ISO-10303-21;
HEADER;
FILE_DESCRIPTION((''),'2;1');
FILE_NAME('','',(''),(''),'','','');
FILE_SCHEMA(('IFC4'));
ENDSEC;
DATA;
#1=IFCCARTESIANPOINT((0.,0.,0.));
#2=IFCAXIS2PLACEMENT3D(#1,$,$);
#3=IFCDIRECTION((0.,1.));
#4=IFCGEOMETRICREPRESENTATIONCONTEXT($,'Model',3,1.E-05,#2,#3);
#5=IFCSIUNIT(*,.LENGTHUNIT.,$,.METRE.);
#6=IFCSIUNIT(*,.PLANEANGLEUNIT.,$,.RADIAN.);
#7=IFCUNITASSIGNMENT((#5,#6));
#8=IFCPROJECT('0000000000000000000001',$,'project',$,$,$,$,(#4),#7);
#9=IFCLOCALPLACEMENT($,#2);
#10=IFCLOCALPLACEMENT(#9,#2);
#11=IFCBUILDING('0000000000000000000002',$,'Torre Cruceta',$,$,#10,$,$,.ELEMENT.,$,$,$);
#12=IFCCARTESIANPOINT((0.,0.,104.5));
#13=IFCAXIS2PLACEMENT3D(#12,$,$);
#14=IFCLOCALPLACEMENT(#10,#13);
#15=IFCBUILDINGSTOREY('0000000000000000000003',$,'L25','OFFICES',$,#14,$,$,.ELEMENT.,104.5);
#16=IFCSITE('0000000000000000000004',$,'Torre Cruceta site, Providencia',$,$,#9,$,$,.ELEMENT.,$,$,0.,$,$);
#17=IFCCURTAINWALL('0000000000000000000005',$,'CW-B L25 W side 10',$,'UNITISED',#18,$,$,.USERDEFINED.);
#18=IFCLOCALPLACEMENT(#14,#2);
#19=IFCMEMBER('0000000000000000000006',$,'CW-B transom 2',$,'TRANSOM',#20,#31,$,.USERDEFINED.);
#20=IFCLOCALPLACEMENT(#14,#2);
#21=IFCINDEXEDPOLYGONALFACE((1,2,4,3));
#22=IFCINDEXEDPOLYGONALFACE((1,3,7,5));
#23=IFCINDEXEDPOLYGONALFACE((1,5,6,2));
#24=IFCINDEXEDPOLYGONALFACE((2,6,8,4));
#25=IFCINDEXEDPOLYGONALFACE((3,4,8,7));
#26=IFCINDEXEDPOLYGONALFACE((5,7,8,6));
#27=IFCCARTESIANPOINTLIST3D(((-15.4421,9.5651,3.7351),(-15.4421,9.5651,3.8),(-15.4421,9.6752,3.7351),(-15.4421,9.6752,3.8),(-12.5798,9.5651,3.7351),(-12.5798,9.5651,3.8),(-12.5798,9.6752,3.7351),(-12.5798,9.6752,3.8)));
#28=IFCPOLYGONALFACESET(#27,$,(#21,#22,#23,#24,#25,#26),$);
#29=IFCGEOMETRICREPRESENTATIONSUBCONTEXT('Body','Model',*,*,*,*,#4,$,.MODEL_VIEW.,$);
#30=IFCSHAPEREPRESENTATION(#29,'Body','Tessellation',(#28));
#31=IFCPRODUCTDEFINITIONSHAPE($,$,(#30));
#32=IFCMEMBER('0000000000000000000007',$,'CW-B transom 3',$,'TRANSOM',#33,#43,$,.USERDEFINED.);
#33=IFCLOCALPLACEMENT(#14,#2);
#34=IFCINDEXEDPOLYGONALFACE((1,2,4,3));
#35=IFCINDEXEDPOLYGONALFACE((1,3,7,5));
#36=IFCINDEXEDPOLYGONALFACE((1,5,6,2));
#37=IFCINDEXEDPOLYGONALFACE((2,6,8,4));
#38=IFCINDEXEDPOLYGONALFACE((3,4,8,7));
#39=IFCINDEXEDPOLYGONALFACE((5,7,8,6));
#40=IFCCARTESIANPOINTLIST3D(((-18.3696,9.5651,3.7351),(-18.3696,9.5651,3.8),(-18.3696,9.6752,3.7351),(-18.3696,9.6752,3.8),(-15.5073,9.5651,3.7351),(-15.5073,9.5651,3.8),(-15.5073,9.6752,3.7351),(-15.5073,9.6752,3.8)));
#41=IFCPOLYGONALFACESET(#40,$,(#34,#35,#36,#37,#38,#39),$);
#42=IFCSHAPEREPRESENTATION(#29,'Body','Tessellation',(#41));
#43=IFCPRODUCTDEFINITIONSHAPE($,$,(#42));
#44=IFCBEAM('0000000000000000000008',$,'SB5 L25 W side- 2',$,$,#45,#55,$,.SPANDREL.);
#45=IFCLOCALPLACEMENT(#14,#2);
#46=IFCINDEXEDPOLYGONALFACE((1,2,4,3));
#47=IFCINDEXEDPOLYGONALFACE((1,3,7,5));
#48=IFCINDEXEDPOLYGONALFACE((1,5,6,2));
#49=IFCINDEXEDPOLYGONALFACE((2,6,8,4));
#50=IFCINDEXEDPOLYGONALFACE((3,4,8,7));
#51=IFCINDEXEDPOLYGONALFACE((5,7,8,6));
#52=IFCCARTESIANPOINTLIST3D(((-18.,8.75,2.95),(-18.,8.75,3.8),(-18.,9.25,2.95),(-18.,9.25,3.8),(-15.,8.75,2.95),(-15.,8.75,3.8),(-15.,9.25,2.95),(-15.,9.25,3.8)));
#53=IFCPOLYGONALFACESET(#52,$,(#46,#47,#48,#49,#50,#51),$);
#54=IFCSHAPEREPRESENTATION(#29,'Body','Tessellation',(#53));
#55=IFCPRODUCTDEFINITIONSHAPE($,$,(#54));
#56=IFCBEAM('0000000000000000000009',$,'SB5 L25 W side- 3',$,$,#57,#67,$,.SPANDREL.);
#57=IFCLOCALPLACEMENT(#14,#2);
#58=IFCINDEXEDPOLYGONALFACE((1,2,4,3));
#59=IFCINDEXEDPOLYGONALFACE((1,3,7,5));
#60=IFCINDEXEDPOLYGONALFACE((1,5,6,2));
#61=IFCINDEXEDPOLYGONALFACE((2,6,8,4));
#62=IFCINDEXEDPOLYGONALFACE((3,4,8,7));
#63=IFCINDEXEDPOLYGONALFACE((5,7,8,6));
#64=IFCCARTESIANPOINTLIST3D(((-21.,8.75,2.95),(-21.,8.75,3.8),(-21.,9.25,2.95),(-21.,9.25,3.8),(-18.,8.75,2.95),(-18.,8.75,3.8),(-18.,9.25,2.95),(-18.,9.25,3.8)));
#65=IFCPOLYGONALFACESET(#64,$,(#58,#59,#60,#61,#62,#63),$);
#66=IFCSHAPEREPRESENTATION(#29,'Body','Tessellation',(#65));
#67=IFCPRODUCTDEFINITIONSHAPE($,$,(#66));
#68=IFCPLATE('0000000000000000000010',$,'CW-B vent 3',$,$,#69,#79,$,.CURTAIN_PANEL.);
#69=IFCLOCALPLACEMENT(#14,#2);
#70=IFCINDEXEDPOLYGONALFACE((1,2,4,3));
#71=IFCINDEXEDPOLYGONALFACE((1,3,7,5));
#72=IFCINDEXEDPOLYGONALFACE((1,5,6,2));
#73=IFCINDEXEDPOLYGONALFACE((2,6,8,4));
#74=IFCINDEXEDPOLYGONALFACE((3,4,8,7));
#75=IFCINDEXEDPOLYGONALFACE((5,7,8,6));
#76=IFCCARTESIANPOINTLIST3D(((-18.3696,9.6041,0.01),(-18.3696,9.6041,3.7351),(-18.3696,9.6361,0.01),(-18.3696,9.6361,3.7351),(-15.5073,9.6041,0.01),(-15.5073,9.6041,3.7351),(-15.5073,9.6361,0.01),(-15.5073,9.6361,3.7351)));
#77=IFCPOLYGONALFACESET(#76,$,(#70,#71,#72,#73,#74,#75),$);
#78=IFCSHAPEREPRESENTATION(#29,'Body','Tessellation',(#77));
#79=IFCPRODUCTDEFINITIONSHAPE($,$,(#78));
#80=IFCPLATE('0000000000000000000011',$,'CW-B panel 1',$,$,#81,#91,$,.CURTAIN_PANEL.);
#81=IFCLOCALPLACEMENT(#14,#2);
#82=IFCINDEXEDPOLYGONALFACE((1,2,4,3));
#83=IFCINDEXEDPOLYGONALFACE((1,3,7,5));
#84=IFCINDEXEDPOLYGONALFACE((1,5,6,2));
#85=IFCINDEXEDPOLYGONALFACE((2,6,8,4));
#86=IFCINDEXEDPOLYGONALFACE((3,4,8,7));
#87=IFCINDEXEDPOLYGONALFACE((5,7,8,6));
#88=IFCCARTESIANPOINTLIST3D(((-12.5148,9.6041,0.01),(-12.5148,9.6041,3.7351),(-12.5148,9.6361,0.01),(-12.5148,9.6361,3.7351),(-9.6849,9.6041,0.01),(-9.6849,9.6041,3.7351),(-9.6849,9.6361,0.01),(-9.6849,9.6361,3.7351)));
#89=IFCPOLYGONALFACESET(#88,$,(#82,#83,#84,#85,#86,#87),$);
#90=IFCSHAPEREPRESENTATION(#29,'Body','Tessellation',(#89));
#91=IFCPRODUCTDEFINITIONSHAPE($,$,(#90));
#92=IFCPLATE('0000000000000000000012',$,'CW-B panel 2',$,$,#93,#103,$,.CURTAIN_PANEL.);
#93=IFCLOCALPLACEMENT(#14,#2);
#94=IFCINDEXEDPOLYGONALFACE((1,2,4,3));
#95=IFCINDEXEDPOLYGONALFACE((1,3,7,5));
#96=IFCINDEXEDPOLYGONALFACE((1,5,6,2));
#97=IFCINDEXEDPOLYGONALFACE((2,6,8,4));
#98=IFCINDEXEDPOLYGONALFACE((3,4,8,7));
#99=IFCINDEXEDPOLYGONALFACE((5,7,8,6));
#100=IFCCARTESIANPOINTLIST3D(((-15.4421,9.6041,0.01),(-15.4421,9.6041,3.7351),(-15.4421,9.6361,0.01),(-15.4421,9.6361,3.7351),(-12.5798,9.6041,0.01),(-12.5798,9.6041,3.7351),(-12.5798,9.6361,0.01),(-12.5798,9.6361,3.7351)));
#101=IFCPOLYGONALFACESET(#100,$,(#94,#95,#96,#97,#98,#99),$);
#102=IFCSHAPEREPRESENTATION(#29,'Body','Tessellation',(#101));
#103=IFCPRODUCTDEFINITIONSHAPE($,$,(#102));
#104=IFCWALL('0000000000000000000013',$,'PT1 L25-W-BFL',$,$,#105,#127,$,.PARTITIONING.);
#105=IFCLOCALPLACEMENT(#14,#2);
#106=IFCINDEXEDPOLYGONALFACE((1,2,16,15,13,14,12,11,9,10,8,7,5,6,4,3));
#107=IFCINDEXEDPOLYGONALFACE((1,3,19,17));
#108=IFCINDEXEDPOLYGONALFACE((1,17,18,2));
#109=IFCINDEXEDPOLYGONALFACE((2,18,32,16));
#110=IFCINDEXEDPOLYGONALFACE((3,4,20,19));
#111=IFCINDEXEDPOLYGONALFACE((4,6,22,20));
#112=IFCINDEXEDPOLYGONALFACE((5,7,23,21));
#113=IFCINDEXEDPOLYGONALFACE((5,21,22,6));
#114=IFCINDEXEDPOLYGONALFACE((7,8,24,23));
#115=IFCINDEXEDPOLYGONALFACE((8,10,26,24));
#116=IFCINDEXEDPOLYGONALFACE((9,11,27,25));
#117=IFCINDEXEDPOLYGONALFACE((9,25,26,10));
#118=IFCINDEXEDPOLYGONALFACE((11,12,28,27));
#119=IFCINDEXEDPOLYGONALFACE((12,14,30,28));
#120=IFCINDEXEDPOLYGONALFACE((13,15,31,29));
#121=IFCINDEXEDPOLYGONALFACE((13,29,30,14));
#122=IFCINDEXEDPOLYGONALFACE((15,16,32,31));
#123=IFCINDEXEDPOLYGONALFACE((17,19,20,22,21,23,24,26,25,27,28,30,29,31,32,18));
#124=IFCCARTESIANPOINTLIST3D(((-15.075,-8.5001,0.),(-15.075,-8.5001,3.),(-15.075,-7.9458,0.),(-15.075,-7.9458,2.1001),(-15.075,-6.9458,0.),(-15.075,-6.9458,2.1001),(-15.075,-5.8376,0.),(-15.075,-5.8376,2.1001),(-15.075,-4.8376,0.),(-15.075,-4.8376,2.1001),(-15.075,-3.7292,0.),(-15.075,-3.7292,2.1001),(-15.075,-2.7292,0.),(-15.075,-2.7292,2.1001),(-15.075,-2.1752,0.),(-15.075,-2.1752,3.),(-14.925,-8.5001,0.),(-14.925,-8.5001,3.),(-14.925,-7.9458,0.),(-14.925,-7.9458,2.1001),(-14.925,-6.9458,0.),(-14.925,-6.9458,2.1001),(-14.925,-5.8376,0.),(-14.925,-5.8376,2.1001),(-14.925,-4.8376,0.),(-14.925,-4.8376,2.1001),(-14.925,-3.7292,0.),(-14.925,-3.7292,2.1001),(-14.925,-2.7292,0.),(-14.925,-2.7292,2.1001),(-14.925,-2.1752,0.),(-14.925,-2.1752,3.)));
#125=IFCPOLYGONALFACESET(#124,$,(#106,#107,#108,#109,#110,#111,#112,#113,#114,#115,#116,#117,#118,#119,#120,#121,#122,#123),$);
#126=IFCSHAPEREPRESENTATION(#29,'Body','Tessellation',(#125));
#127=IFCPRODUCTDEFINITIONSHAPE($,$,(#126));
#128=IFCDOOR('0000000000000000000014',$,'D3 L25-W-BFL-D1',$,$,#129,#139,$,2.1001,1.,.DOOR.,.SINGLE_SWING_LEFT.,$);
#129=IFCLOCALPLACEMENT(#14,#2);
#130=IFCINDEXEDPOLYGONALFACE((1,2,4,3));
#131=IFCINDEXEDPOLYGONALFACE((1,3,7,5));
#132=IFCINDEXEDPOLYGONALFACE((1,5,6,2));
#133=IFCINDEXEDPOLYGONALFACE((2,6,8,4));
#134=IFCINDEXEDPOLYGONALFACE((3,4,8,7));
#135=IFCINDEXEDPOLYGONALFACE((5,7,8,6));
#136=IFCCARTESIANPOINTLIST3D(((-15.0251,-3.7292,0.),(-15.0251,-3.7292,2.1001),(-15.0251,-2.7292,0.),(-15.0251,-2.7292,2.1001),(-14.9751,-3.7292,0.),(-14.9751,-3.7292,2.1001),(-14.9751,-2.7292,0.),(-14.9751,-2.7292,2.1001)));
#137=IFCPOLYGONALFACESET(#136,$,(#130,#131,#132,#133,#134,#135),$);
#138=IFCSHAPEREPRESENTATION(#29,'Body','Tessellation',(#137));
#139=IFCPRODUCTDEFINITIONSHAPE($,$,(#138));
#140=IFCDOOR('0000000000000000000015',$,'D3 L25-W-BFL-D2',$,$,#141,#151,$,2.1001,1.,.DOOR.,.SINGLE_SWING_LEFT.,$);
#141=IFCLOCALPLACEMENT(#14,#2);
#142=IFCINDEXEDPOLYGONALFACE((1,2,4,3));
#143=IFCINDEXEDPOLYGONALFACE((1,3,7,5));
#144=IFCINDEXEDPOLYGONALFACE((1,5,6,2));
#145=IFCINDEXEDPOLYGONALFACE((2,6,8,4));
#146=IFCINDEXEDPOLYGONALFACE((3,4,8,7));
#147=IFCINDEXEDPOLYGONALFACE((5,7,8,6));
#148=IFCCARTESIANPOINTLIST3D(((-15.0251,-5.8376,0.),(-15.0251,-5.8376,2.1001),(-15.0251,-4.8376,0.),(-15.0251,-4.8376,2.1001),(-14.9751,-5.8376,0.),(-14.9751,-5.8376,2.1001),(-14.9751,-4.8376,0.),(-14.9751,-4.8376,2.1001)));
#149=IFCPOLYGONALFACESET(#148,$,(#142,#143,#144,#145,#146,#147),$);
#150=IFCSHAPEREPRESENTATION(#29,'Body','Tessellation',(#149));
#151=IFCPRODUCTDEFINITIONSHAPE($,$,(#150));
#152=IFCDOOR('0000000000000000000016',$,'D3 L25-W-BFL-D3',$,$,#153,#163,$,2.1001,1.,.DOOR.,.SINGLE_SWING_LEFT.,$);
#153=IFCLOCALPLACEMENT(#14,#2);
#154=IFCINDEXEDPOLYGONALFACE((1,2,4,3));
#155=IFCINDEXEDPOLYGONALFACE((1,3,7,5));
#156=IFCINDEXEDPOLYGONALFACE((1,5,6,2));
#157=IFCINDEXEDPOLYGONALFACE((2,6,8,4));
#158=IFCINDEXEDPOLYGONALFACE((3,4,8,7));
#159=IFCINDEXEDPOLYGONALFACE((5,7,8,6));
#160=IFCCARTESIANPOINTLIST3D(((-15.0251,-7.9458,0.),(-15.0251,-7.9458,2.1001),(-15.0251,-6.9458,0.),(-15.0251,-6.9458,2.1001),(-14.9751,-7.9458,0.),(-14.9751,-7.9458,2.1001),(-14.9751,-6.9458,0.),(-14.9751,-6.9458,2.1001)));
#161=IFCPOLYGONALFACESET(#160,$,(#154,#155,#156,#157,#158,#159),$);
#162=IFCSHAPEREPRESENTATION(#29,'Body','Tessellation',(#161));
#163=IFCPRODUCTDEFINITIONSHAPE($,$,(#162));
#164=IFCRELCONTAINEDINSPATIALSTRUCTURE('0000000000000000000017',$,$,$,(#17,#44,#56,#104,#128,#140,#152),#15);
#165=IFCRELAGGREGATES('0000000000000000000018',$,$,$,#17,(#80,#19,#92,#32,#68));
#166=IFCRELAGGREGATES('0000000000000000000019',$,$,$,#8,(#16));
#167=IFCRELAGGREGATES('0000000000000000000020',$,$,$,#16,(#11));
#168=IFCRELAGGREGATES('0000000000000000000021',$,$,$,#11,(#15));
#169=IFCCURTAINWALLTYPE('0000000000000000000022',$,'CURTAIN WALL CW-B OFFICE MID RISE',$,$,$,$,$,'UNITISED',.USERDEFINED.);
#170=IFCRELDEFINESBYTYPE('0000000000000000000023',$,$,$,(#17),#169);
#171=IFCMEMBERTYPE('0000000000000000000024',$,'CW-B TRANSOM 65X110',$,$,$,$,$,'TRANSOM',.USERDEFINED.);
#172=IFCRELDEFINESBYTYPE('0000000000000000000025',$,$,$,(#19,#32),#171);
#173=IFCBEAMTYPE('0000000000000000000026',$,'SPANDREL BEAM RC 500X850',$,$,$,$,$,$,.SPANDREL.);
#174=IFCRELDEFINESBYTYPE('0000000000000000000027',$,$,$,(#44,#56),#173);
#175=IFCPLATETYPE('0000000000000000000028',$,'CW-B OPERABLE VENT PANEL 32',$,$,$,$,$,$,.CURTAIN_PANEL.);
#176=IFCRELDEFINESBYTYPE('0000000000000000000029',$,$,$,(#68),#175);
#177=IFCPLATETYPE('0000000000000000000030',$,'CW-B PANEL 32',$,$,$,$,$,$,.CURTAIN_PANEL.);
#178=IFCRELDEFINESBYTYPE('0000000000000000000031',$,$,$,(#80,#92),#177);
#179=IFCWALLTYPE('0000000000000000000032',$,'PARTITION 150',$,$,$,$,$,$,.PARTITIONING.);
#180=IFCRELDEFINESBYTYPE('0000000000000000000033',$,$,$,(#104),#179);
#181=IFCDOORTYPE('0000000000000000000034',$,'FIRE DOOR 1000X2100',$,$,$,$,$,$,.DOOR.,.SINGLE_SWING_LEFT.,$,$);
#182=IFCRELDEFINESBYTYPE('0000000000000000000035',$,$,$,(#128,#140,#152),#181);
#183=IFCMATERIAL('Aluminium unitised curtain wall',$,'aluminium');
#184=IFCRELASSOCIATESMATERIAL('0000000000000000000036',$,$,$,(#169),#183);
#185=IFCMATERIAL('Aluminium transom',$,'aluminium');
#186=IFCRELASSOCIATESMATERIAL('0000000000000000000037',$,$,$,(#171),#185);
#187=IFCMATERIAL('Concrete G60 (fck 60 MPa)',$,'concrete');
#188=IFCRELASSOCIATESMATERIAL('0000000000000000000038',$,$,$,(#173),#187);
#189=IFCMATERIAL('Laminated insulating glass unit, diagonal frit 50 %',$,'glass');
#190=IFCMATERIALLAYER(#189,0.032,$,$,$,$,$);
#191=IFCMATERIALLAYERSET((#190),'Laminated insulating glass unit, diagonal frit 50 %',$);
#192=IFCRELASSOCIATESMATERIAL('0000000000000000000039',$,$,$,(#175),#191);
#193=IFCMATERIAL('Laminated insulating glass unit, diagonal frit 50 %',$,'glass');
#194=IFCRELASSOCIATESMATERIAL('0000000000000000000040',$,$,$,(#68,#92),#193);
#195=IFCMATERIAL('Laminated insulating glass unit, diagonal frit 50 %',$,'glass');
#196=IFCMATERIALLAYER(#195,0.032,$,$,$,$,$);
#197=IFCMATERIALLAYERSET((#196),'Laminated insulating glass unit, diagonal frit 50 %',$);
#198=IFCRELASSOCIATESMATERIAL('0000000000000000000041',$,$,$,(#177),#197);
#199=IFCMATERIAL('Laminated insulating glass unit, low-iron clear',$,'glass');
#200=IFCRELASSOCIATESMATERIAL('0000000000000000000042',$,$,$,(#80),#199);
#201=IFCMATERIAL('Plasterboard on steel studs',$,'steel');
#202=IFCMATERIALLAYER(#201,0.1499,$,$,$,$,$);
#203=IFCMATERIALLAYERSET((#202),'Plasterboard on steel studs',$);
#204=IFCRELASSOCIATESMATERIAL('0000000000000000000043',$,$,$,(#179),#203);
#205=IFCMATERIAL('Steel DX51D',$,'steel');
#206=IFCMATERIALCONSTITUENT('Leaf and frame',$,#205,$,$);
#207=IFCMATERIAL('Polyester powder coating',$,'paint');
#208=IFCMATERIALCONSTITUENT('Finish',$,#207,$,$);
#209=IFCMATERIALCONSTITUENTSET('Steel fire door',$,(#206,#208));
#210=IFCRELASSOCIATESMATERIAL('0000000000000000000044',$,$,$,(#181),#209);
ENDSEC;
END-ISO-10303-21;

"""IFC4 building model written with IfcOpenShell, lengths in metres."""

from ifc_helpers import new_model, si_unit, direction, frame, frame_2d, origin, origin_2d, place, context, subcontext, project, spatial, rectangle, extrude, material, layer, layer_set, constituent, constituent_set, material_profile, profile_set, type_object, element, fill, aggregate, save


model = new_model("IFC4")

# Units and contexts
model_context = context("Model", 3, precision=1e-05, world=origin(), true_north=direction((0.0, 1.0)))
body_context = subcontext(model_context, "Body", "Model", "MODEL_VIEW")
ifc_project = project(units=[si_unit("LENGTHUNIT", "METRE"), si_unit("PLANEANGLEUNIT", "RADIAN")], contexts=[model_context])

# Site, building, storey
site_placement = place(None, origin())
site = spatial("IfcSite", under=ifc_project, at=site_placement, Name="Torre Cruceta site, Providencia", CompositionType="ELEMENT", RefElevation=0.0)
building_placement = place(site_placement, origin())
building = spatial("IfcBuilding", under=site, at=building_placement, Name="Torre Cruceta", CompositionType="ELEMENT")
storey_placement = place(building_placement, frame((0.0, 0.0, 104.5)))
storey = spatial("IfcBuildingStorey", under=building, at=storey_placement, Name="L25", Description="OFFICES", CompositionType="ELEMENT", Elevation=104.5)

# Curtain wall, members
ifc_material_1 = material(Name="Aluminium unitised curtain wall", Category="aluminium")
curtain_wall_type = type_object("IfcCurtainWallType", Name="CURTAIN WALL CW-B OFFICE MID RISE", ElementType="UNITISED", PredefinedType="USERDEFINED", material=ifc_material_1)
curtain_wall_placement = place(storey_placement, origin())
curtain_wall = element("IfcCurtainWall", 1, at=curtain_wall_placement, inside=storey, type_object=curtain_wall_type, Name="CW-B L25 W side 10", ObjectType="UNITISED", PredefinedType="USERDEFINED")
ifc_material_2 = material(Name="Aluminium transom", Category="aluminium")
ifc_material_profile_1 = material_profile(ifc_material_2, rectangle(XDim=0.1101, YDim=0.0649, at=origin_2d()), Name="AL 110X65")
ifc_profile_set_1 = profile_set([ifc_material_profile_1], Name="Aluminium transom")
member_type_1 = type_object("IfcMemberType", Name="CW-B TRANSOM 65X110", ElementType="TRANSOM", PredefinedType="USERDEFINED", material=ifc_profile_set_1)
member_1_placement = place(storey_placement, frame((-12.5798, 9.6201, 3.7676), z_axis=(-1.0, 0.0, 0.0), x_axis=(0.0, -1.0, 0.0)))
member_1 = element("IfcMember", 2, at=member_1_placement, type_object=member_type_1, Name="CW-B transom 2", ObjectType="TRANSOM", PredefinedType="USERDEFINED", context=body_context, shape_type="SweptSolid", body=[
    extrude(rectangle(XDim=0.1101, YDim=0.0649, at=origin_2d()), origin(), (0.0, 0.0, 1.0), 2.8623),
])
member_2_placement = place(storey_placement, frame((-15.5073, 9.6201, 3.7676), z_axis=(-1.0, 0.0, 0.0), x_axis=(0.0, -1.0, 0.0)))
member_2 = element("IfcMember", 3, at=member_2_placement, type_object=member_type_1, Name="CW-B transom 3", ObjectType="TRANSOM", PredefinedType="USERDEFINED", context=body_context, shape_type="SweptSolid", body=[
    extrude(rectangle(XDim=0.1101, YDim=0.0649, at=origin_2d()), origin(), (0.0, 0.0, 1.0), 2.8623),
])

# Beams
ifc_material_3 = material(Name="Concrete G60 (fck 60 MPa)", Category="concrete")
ifc_material_profile_2 = material_profile(ifc_material_3, rectangle(XDim=0.5, YDim=0.8501, at=origin_2d()), Name="RC 500X850")
ifc_profile_set_2 = profile_set([ifc_material_profile_2], Name="Concrete G60 (fck 60 MPa)")
beam_type_1 = type_object("IfcBeamType", Name="SPANDREL BEAM RC 500X850", PredefinedType="SPANDREL", material=ifc_profile_set_2)
for number, where, z_axis, x_axis, name in (
    (4, (-15.0, 9.0, 3.375), (-1.0, 0.0, 0.0), (0.0, -1.0, 0.0), "SB5 L25 W side- 2"),
    (5, (-18.0, 9.0, 3.375), (-1.0, 0.0, 0.0), (0.0, -1.0, 0.0), "SB5 L25 W side- 3"),
):
    element("IfcBeam", number, at=place(storey_placement, frame(where, z_axis=z_axis, x_axis=x_axis)), inside=storey, type_object=beam_type_1, Name=name, PredefinedType="SPANDREL", context=body_context, shape_type="SweptSolid", body=[
        extrude(rectangle(XDim=0.5, YDim=0.8501, at=origin_2d()), origin(), (0.0, 0.0, 1.0), 3.0),
    ])

# Plates
ifc_material_4 = material(Name="Laminated insulating glass unit, diagonal frit 50 %", Category="glass")
ifc_material_5 = material(Name="Laminated insulating glass unit, diagonal frit 50 %", Category="glass")
ifc_layer_1 = layer(ifc_material_5, 0.032)
ifc_layer_set_1 = layer_set([ifc_layer_1], Name="Laminated insulating glass unit, diagonal frit 50 %")
plate_type_1 = type_object("IfcPlateType", Name="CW-B OPERABLE VENT PANEL 32", PredefinedType="CURTAIN_PANEL", material=ifc_layer_set_1)
plate_1_placement = place(storey_placement, frame((-16.9385, 9.6201, 0.01), z_axis=(0.0, 0.0, 1.0), x_axis=(-1.0, 0.0, 0.0)))
plate_1 = element("IfcPlate", 6, at=plate_1_placement, type_object=plate_type_1, material=ifc_material_4, Name="CW-B vent 3", PredefinedType="CURTAIN_PANEL", context=body_context, shape_type="SweptSolid", body=[
    extrude(rectangle(XDim=2.8623, YDim=0.032, at=origin_2d()), origin(), (0.0, 0.0, 1.0), 3.7251),
])
ifc_material_6 = material(Name="Laminated insulating glass unit, low-iron clear", Category="glass")
ifc_material_7 = material(Name="Laminated insulating glass unit, diagonal frit 50 %", Category="glass")
ifc_layer_2 = layer(ifc_material_7, 0.032)
ifc_layer_set_2 = layer_set([ifc_layer_2], Name="Laminated insulating glass unit, diagonal frit 50 %")
plate_type_2 = type_object("IfcPlateType", Name="CW-B PANEL 32", PredefinedType="CURTAIN_PANEL", material=ifc_layer_set_2)
plate_2_placement = place(storey_placement, frame((-11.0999, 9.6201, 0.01), z_axis=(0.0, 0.0, 1.0), x_axis=(-1.0, 0.0, 0.0)))
plate_2 = element("IfcPlate", 7, at=plate_2_placement, type_object=plate_type_2, material=ifc_material_6, Name="CW-B panel 1", PredefinedType="CURTAIN_PANEL", context=body_context, shape_type="SweptSolid", body=[
    extrude(rectangle(XDim=2.8298, YDim=0.032, at=origin_2d()), origin(), (0.0, 0.0, 1.0), 3.7251),
])
plate_3_placement = place(storey_placement, frame((-14.011, 9.6201, 0.01), z_axis=(0.0, 0.0, 1.0), x_axis=(-1.0, 0.0, 0.0)))
plate_3 = element("IfcPlate", 8, at=plate_3_placement, type_object=plate_type_2, material=ifc_material_4, Name="CW-B panel 2", PredefinedType="CURTAIN_PANEL", context=body_context, shape_type="SweptSolid", body=[
    extrude(rectangle(XDim=2.8623, YDim=0.032, at=origin_2d()), origin(), (0.0, 0.0, 1.0), 3.7251),
])
aggregate(curtain_wall, [plate_2, member_1, plate_3, member_2, plate_1])

# Wall, openings, doors
ifc_material_8 = material(Name="Plasterboard on steel studs", Category="steel")
ifc_layer_3 = layer(ifc_material_8, 0.1499)
ifc_layer_set_3 = layer_set([ifc_layer_3], Name="Plasterboard on steel studs")
wall_type = type_object("IfcWallType", Name="PARTITION 150", PredefinedType="PARTITIONING", material=ifc_layer_set_3)
wall_1_placement = place(storey_placement, frame((-15.0, -2.175, 0.0), z_axis=(0.0, 0.0, 1.0), x_axis=(0.0, -1.0, 0.0)))
wall_1 = element("IfcWall", 9, at=wall_1_placement, inside=storey, type_object=wall_type, Name="PT1 L25-W-BFL", PredefinedType="PARTITIONING", context=body_context, shape_type="SweptSolid", body=[
    extrude(rectangle(XDim=6.325, YDim=0.1499, at=frame_2d((3.1626, 0.0))), origin(), (0.0, 0.0, 1.0), 3.0),
])
opening_1_placement = place(wall_1_placement, frame((0.5542, 0.0, 0.0)))
opening_1 = element("IfcOpeningElement", 10, at=opening_1_placement, cuts=wall_1, PredefinedType="OPENING", context=body_context, shape_type="SweptSolid", body=[
    extrude(rectangle(XDim=1.0, YDim=2.1001, at=frame_2d((0.5, 1.05))), frame((0.0, 0.085, 0.0), z_axis=(0.0, -1.0, 0.0), x_axis=(1.0, 0.0, 0.0)), (0.0, 0.0, 1.0), 0.1699),
])
opening_2_placement = place(wall_1_placement, frame((2.6626, 0.0, 0.0)))
opening_2 = element("IfcOpeningElement", 11, at=opening_2_placement, cuts=wall_1, PredefinedType="OPENING", context=body_context, shape_type="SweptSolid", body=[
    extrude(rectangle(XDim=1.0, YDim=2.1001, at=frame_2d((0.5, 1.05))), frame((0.0, 0.085, 0.0), z_axis=(0.0, -1.0, 0.0), x_axis=(1.0, 0.0, 0.0)), (0.0, 0.0, 1.0), 0.1699),
])
opening_3_placement = place(wall_1_placement, frame((4.7708, 0.0, 0.0)))
opening_3 = element("IfcOpeningElement", 12, at=opening_3_placement, cuts=wall_1, PredefinedType="OPENING", context=body_context, shape_type="SweptSolid", body=[
    extrude(rectangle(XDim=1.0, YDim=2.1001, at=frame_2d((0.5, 1.05))), frame((0.0, 0.085, 0.0), z_axis=(0.0, -1.0, 0.0), x_axis=(1.0, 0.0, 0.0)), (0.0, 0.0, 1.0), 0.1699),
])
ifc_material_9 = material(Name="Steel DX51D", Category="steel")
ifc_constituent_1 = constituent(ifc_material_9, Name="Leaf and frame")
ifc_material_10 = material(Name="Polyester powder coating", Category="paint")
ifc_constituent_2 = constituent(ifc_material_10, Name="Finish")
ifc_constituent_set = constituent_set(constituents=[ifc_constituent_1, ifc_constituent_2], Name="Steel fire door")
door_type = type_object("IfcDoorType", Name="FIRE DOOR 1000X2100", OperationType="SINGLE_SWING_LEFT", PredefinedType="DOOR", material=ifc_constituent_set)
door_1_placement = place(opening_1_placement, origin())
door_1 = element("IfcDoor", 13, at=door_1_placement, inside=storey, type_object=door_type, Name="D3 L25-W-BFL-D1", OperationType="SINGLE_SWING_LEFT", OverallHeight=2.1001, OverallWidth=1.0, PredefinedType="DOOR", context=body_context, shape_type="SweptSolid", body=[
    extrude(rectangle(XDim=1.0, YDim=2.1001, at=frame_2d((0.5, 1.05))), frame((0.0, 0.0249, 0.0), z_axis=(0.0, -1.0, 0.0), x_axis=(1.0, 0.0, 0.0)), (0.0, 0.0, 1.0), 0.05),
])
fill(opening_1, door_1)
door_2_placement = place(opening_2_placement, origin())
door_2 = element("IfcDoor", 14, at=door_2_placement, inside=storey, type_object=door_type, Name="D3 L25-W-BFL-D2", OperationType="SINGLE_SWING_LEFT", OverallHeight=2.1001, OverallWidth=1.0, PredefinedType="DOOR", context=body_context, shape_type="SweptSolid", body=[
    extrude(rectangle(XDim=1.0, YDim=2.1001, at=frame_2d((0.5, 1.05))), frame((0.0, 0.0249, 0.0), z_axis=(0.0, -1.0, 0.0), x_axis=(1.0, 0.0, 0.0)), (0.0, 0.0, 1.0), 0.05),
])
fill(opening_2, door_2)
door_3_placement = place(opening_3_placement, origin())
door_3 = element("IfcDoor", 15, at=door_3_placement, inside=storey, type_object=door_type, Name="D3 L25-W-BFL-D3", OperationType="SINGLE_SWING_LEFT", OverallHeight=2.1001, OverallWidth=1.0, PredefinedType="DOOR", context=body_context, shape_type="SweptSolid", body=[
    extrude(rectangle(XDim=1.0, YDim=2.1001, at=frame_2d((0.5, 1.05))), frame((0.0, 0.0249, 0.0), z_axis=(0.0, -1.0, 0.0), x_axis=(1.0, 0.0, 0.0)), (0.0, 0.0, 1.0), 0.05),
])
fill(opening_3, door_3)

save(model, "model.ifc")
